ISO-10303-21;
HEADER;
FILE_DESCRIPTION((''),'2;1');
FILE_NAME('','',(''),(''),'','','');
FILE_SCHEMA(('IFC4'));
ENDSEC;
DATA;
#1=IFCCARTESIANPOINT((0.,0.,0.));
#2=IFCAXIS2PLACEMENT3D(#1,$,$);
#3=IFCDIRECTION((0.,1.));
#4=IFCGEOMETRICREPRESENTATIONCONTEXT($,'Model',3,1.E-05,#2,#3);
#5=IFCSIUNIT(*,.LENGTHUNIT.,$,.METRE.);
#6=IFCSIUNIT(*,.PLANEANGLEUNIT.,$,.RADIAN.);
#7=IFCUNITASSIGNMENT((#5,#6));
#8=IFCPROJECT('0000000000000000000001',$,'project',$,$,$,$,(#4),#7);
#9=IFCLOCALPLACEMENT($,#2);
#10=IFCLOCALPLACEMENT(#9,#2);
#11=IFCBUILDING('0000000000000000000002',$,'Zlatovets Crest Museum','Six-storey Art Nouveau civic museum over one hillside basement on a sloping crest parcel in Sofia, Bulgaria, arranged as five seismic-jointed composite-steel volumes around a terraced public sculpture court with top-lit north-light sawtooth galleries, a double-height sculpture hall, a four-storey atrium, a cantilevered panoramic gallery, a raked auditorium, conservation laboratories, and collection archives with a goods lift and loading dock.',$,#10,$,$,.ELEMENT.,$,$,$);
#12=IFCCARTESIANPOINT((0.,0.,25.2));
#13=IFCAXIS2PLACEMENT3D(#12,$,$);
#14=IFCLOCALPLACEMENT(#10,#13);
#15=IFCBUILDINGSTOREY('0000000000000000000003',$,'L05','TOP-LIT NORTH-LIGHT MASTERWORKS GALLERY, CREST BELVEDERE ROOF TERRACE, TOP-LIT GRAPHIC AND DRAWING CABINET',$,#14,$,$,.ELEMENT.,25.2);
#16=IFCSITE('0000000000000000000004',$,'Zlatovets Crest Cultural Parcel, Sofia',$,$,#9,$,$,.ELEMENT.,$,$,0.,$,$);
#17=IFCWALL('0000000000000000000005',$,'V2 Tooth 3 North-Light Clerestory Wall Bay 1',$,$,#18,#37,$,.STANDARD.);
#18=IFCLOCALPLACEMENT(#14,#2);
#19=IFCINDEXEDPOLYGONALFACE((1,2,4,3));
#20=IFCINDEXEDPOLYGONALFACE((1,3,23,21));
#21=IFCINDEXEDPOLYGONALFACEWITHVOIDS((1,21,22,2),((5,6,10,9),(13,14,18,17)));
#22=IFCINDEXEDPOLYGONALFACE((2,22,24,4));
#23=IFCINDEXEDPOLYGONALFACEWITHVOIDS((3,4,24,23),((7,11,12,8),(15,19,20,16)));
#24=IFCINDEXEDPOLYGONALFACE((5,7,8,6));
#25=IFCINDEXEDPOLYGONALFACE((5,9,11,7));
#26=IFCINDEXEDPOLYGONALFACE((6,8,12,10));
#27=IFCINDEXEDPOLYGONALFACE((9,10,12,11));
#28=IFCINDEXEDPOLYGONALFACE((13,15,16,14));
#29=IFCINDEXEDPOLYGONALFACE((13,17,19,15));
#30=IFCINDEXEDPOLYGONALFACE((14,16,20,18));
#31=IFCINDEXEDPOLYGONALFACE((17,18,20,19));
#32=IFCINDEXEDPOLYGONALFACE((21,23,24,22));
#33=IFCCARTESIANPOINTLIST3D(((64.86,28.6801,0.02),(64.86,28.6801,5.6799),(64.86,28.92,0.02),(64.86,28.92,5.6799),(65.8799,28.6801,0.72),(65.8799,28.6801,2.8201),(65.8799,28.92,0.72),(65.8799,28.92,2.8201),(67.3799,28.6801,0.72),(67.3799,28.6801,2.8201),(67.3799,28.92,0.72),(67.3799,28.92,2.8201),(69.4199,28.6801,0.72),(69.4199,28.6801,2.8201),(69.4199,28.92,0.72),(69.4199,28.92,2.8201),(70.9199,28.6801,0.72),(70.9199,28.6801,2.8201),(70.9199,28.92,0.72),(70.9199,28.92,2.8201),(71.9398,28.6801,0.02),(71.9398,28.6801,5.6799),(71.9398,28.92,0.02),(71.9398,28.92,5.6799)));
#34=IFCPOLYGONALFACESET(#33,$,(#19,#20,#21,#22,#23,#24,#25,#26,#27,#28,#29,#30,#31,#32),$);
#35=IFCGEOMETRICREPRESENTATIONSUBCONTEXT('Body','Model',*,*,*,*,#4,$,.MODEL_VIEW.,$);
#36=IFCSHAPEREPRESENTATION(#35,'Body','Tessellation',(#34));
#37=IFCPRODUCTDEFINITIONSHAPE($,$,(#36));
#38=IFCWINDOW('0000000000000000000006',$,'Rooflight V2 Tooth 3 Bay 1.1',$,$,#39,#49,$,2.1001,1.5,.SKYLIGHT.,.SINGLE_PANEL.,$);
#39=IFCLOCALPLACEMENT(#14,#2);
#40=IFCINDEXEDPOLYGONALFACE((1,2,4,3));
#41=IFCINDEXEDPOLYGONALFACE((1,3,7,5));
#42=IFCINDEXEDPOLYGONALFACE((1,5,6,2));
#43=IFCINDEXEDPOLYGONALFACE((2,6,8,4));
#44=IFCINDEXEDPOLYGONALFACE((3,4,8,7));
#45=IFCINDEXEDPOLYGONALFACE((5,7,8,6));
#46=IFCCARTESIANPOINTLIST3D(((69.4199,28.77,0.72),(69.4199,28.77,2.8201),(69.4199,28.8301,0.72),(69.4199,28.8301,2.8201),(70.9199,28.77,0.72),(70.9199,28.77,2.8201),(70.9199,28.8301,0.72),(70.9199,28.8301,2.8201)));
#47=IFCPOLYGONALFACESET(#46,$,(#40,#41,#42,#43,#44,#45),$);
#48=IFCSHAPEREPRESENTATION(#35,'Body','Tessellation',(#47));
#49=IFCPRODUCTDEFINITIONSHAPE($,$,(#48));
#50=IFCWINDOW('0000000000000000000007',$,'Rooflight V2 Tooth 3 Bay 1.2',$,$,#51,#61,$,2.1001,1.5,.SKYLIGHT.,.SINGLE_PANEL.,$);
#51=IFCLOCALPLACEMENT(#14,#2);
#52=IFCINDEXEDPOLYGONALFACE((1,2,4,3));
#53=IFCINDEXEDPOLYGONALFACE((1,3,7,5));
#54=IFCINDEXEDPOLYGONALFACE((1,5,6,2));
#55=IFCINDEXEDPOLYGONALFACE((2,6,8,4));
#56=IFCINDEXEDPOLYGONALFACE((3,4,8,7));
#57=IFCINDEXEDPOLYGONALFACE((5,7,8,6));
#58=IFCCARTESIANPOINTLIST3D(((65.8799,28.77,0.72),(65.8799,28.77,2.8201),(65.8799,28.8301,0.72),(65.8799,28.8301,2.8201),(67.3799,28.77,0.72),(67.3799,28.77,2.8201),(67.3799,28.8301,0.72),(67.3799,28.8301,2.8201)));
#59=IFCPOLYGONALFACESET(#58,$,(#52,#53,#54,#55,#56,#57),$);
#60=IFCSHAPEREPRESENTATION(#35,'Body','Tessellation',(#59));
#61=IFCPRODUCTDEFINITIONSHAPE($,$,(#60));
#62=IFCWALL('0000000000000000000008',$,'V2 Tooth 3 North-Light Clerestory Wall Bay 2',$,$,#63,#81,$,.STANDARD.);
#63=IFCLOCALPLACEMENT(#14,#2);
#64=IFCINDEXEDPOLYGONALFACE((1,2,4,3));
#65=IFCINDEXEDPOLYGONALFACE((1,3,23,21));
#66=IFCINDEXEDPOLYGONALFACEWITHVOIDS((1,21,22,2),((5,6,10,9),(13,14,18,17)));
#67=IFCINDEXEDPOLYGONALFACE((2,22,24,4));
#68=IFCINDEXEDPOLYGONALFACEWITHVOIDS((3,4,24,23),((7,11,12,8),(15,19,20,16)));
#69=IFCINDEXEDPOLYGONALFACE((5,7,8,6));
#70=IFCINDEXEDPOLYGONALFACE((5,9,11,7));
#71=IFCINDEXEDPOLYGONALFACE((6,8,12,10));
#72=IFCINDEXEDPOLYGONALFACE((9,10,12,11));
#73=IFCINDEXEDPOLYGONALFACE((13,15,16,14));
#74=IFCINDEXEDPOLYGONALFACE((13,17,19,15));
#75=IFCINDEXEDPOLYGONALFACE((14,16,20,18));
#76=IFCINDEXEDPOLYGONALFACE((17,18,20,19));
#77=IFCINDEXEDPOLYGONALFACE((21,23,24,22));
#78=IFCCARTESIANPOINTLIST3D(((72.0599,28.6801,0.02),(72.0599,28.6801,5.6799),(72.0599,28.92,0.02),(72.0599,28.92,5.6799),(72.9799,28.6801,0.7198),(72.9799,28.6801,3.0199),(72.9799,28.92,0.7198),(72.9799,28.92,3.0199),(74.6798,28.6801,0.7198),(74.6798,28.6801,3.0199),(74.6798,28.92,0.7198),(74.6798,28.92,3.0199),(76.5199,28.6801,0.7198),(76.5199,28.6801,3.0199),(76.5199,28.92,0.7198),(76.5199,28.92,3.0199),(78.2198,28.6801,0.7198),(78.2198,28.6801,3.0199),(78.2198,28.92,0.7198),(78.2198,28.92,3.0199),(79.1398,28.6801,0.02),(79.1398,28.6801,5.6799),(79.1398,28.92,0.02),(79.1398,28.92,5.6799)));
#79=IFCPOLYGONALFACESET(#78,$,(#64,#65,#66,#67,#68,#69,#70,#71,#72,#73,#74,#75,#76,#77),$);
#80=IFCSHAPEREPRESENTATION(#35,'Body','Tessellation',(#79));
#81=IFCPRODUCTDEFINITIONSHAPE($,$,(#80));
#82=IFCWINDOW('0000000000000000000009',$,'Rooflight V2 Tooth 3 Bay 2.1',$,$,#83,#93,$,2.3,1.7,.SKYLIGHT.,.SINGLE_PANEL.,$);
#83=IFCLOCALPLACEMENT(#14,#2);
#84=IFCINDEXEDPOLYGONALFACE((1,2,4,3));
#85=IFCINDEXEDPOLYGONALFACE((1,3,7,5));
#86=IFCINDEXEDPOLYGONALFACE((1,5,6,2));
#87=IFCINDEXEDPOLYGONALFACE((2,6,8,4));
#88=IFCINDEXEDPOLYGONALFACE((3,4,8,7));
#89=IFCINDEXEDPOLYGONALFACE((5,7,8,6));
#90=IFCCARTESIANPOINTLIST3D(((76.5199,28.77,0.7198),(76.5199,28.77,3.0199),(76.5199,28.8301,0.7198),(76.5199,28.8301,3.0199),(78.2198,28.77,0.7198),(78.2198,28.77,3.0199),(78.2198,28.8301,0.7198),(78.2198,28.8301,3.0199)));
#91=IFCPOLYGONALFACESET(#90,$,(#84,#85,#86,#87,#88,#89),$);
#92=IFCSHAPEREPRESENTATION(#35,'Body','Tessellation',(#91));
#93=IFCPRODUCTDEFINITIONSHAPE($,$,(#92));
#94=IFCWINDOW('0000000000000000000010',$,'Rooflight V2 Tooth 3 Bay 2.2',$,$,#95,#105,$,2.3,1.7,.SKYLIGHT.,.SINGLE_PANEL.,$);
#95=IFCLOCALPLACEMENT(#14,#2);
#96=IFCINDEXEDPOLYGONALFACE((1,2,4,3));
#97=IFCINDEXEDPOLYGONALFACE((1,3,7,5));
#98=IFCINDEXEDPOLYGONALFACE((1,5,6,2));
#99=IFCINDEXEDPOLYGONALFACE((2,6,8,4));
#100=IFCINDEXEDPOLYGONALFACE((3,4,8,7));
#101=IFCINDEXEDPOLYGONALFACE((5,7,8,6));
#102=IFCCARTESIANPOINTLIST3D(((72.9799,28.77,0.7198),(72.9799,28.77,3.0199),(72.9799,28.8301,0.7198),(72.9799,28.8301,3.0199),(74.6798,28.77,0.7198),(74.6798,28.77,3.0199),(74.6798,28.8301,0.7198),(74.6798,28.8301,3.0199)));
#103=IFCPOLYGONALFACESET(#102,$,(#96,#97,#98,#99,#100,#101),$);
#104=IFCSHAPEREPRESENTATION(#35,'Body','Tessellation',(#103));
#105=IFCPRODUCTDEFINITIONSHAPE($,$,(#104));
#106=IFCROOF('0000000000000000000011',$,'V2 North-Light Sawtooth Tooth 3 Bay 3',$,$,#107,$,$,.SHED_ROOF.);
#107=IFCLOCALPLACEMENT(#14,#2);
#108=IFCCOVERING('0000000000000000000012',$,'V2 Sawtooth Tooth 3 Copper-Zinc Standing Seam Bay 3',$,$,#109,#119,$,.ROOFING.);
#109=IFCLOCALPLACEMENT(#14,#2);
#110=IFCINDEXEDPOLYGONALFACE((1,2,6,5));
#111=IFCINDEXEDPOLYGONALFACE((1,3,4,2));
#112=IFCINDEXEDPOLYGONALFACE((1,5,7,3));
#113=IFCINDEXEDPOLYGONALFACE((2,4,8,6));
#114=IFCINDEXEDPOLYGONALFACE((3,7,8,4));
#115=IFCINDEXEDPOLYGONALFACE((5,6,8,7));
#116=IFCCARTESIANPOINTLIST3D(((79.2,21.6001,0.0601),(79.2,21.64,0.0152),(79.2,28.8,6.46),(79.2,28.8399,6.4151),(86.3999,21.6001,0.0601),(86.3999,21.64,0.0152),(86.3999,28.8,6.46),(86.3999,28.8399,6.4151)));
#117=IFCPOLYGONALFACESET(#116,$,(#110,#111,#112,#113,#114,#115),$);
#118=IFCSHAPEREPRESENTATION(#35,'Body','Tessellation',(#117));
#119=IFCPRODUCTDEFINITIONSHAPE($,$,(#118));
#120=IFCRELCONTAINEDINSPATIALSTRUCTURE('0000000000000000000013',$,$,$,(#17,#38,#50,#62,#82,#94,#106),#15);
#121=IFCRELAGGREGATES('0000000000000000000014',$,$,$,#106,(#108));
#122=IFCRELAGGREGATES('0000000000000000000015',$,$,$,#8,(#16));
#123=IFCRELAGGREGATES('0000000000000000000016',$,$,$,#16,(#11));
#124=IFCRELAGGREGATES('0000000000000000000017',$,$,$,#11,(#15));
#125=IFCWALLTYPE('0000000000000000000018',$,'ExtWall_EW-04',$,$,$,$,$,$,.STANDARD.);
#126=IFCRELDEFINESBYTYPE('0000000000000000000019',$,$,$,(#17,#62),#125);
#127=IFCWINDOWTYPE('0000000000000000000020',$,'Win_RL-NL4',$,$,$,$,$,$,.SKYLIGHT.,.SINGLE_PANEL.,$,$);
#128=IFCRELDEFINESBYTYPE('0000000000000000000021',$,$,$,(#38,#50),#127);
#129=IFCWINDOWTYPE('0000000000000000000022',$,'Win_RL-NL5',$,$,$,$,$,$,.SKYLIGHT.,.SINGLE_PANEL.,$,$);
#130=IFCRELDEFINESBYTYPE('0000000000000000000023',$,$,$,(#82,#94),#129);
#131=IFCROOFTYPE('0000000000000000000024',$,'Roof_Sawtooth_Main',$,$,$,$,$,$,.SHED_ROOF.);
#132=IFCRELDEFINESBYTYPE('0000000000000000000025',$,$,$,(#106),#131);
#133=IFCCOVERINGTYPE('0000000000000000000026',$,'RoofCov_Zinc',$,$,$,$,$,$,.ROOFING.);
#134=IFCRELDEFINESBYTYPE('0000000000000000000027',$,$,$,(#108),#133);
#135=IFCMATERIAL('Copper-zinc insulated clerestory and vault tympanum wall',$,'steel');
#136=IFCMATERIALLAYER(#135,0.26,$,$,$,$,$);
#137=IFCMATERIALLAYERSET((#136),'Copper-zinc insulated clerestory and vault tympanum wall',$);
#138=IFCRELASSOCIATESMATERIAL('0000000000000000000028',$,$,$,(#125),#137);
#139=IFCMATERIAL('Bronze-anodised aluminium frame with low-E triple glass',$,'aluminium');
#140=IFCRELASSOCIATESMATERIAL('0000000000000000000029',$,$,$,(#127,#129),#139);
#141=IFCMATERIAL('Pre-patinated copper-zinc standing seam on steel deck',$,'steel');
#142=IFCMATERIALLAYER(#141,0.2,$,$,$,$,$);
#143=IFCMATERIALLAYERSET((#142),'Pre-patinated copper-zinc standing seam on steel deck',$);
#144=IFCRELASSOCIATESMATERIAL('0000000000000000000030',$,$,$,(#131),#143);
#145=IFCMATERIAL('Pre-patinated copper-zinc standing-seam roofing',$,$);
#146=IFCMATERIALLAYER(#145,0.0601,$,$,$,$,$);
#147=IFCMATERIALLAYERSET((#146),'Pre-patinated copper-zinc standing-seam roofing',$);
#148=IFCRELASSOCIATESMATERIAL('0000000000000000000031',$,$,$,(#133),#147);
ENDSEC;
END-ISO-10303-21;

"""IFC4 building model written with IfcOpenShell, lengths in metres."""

from ifc_helpers import new_model, si_unit, direction, frame, frame_2d, origin, place, context, subcontext, project, spatial, polyline, rectangle, outline, extrude, material, layer, layer_set, type_object, element, fill, aggregate, save


model = new_model("IFC4")

# Units and contexts
model_context = context("Model", 3, precision=1e-05, world=origin(), true_north=direction((0.0, 1.0)))
body_context = subcontext(model_context, "Body", "Model", "MODEL_VIEW")
ifc_project = project(units=[si_unit("LENGTHUNIT", "METRE"), si_unit("PLANEANGLEUNIT", "RADIAN")], contexts=[model_context])

# Site, building, storey
site_placement = place(None, origin())
site = spatial("IfcSite", under=ifc_project, at=site_placement, Name="Zlatovets Crest Cultural Parcel, Sofia", CompositionType="ELEMENT", RefElevation=0.0)
building_placement = place(site_placement, origin())
building = spatial("IfcBuilding", under=site, at=building_placement, Name="Zlatovets Crest Museum", Description="Six-storey Art Nouveau civic museum over one hillside basement on a sloping crest parcel in Sofia, Bulgaria, arranged as five seismic-jointed composite-steel volumes around a terraced public sculpture court with top-lit north-light sawtooth galleries, a double-height sculpture hall, a four-storey atrium, a cantilevered panoramic gallery, a raked auditorium, conservation laboratories, and collection archives with a goods lift and loading dock.", CompositionType="ELEMENT")
storey_placement = place(building_placement, frame((0.0, 0.0, 25.2)))
storey = spatial("IfcBuildingStorey", under=building, at=storey_placement, Name="L05", Description="TOP-LIT NORTH-LIGHT MASTERWORKS GALLERY, CREST BELVEDERE ROOF TERRACE, TOP-LIT GRAPHIC AND DRAWING CABINET", CompositionType="ELEMENT", Elevation=25.2)

# Walls, openings, windows
ifc_material_1 = material(Name="Copper-zinc insulated clerestory and vault tympanum wall", Category="steel")
ifc_layer_1 = layer(ifc_material_1, 0.26)
ifc_layer_set_1 = layer_set([ifc_layer_1], Name="Copper-zinc insulated clerestory and vault tympanum wall")
wall_type = type_object("IfcWallType", Name="ExtWall_EW-04", PredefinedType="STANDARD", material=ifc_layer_set_1)
wall_1_placement = place(storey_placement, frame((71.9399, 28.8, 0.02), z_axis=(0.0, 0.0, 1.0), x_axis=(-1.0, 0.0, 0.0)))
wall_1 = element("IfcWall", 1, at=wall_1_placement, inside=storey, type_object=wall_type, Name="V2 Tooth 3 North-Light Clerestory Wall Bay 1", PredefinedType="STANDARD", context=body_context, shape_type="SweptSolid", body=[
    extrude(rectangle(XDim=7.0798, YDim=0.24, at=frame_2d((3.54, 0.0))), origin(), (0.0, 0.0, 1.0), 5.6599),
])
opening_1_placement = place(wall_1_placement, frame((1.02, 0.0, 0.7)))
opening_1 = element("IfcOpeningElement", 2, at=opening_1_placement, cuts=wall_1, PredefinedType="OPENING", context=body_context, shape_type="SweptSolid", body=[
    extrude(rectangle(XDim=1.5, YDim=2.1001, at=frame_2d((0.75, 1.05))), frame((0.0, 0.1299, 0.0), z_axis=(0.0, -1.0, 0.0), x_axis=(1.0, 0.0, 0.0)), (0.0, 0.0, 1.0), 0.26),
])
opening_2_placement = place(wall_1_placement, frame((4.5601, 0.0, 0.7)))
opening_2 = element("IfcOpeningElement", 3, at=opening_2_placement, cuts=wall_1, PredefinedType="OPENING", context=body_context, shape_type="SweptSolid", body=[
    extrude(rectangle(XDim=1.5, YDim=2.1001, at=frame_2d((0.75, 1.05))), frame((0.0, 0.1299, 0.0), z_axis=(0.0, -1.0, 0.0), x_axis=(1.0, 0.0, 0.0)), (0.0, 0.0, 1.0), 0.26),
])
ifc_material_2 = material(Name="Bronze-anodised aluminium frame with low-E triple glass", Category="aluminium")
window_type_1 = type_object("IfcWindowType", Name="Win_RL-NL4", PartitioningType="SINGLE_PANEL", PredefinedType="SKYLIGHT", material=ifc_material_2)
window_1_placement = place(opening_1_placement, origin())
window_1 = element("IfcWindow", 4, at=window_1_placement, inside=storey, type_object=window_type_1, Name="Rooflight V2 Tooth 3 Bay 1.1", OverallHeight=2.1001, OverallWidth=1.5, PartitioningType="SINGLE_PANEL", PredefinedType="SKYLIGHT", context=body_context, shape_type="SweptSolid", body=[
    extrude(rectangle(XDim=1.5, YDim=2.1001, at=frame_2d((0.75, 1.05))), frame((0.0, 0.03, 0.0), z_axis=(0.0, -1.0, 0.0), x_axis=(1.0, 0.0, 0.0)), (0.0, 0.0, 1.0), 0.0601),
])
fill(opening_1, window_1)
window_2_placement = place(opening_2_placement, origin())
window_2 = element("IfcWindow", 5, at=window_2_placement, inside=storey, type_object=window_type_1, Name="Rooflight V2 Tooth 3 Bay 1.2", OverallHeight=2.1001, OverallWidth=1.5, PartitioningType="SINGLE_PANEL", PredefinedType="SKYLIGHT", context=body_context, shape_type="SweptSolid", body=[
    extrude(rectangle(XDim=1.5, YDim=2.1001, at=frame_2d((0.75, 1.05))), frame((0.0, 0.03, 0.0), z_axis=(0.0, -1.0, 0.0), x_axis=(1.0, 0.0, 0.0)), (0.0, 0.0, 1.0), 0.0601),
])
fill(opening_2, window_2)
wall_2_placement = place(storey_placement, frame((79.1399, 28.8, 0.02), z_axis=(0.0, 0.0, 1.0), x_axis=(-1.0, 0.0, 0.0)))
wall_2 = element("IfcWall", 6, at=wall_2_placement, inside=storey, type_object=wall_type, Name="V2 Tooth 3 North-Light Clerestory Wall Bay 2", PredefinedType="STANDARD", context=body_context, shape_type="SweptSolid", body=[
    extrude(rectangle(XDim=7.0798, YDim=0.24, at=frame_2d((3.54, 0.0))), origin(), (0.0, 0.0, 1.0), 5.6599),
])
opening_3_placement = place(wall_2_placement, frame((0.9199, 0.0, 0.7)))
opening_3 = element("IfcOpeningElement", 7, at=opening_3_placement, cuts=wall_2, PredefinedType="OPENING", context=body_context, shape_type="SweptSolid", body=[
    extrude(rectangle(XDim=1.7, YDim=2.3, at=frame_2d((0.8501, 1.1499))), frame((0.0, 0.1299, 0.0), z_axis=(0.0, -1.0, 0.0), x_axis=(1.0, 0.0, 0.0)), (0.0, 0.0, 1.0), 0.26),
])
opening_4_placement = place(wall_2_placement, frame((4.46, 0.0, 0.7)))
opening_4 = element("IfcOpeningElement", 8, at=opening_4_placement, cuts=wall_2, PredefinedType="OPENING", context=body_context, shape_type="SweptSolid", body=[
    extrude(rectangle(XDim=1.7, YDim=2.3, at=frame_2d((0.8501, 1.1499))), frame((0.0, 0.1299, 0.0), z_axis=(0.0, -1.0, 0.0), x_axis=(1.0, 0.0, 0.0)), (0.0, 0.0, 1.0), 0.26),
])
window_type_2 = type_object("IfcWindowType", Name="Win_RL-NL5", PartitioningType="SINGLE_PANEL", PredefinedType="SKYLIGHT", material=ifc_material_2)
window_3_placement = place(opening_3_placement, origin())
window_3 = element("IfcWindow", 9, at=window_3_placement, inside=storey, type_object=window_type_2, Name="Rooflight V2 Tooth 3 Bay 2.1", OverallHeight=2.3, OverallWidth=1.7, PartitioningType="SINGLE_PANEL", PredefinedType="SKYLIGHT", context=body_context, shape_type="SweptSolid", body=[
    extrude(rectangle(XDim=1.7, YDim=2.3, at=frame_2d((0.8501, 1.1499))), frame((0.0, 0.03, 0.0), z_axis=(0.0, -1.0, 0.0), x_axis=(1.0, 0.0, 0.0)), (0.0, 0.0, 1.0), 0.0601),
])
fill(opening_3, window_3)
window_4_placement = place(opening_4_placement, origin())
window_4 = element("IfcWindow", 10, at=window_4_placement, inside=storey, type_object=window_type_2, Name="Rooflight V2 Tooth 3 Bay 2.2", OverallHeight=2.3, OverallWidth=1.7, PartitioningType="SINGLE_PANEL", PredefinedType="SKYLIGHT", context=body_context, shape_type="SweptSolid", body=[
    extrude(rectangle(XDim=1.7, YDim=2.3, at=frame_2d((0.8501, 1.1499))), frame((0.0, 0.03, 0.0), z_axis=(0.0, -1.0, 0.0), x_axis=(1.0, 0.0, 0.0)), (0.0, 0.0, 1.0), 0.0601),
])
fill(opening_4, window_4)

# Roof, covering
ifc_material_3 = material(Name="Pre-patinated copper-zinc standing seam on steel deck", Category="steel")
ifc_layer_2 = layer(ifc_material_3, 0.2)
ifc_layer_set_2 = layer_set([ifc_layer_2], Name="Pre-patinated copper-zinc standing seam on steel deck")
roof_type = type_object("IfcRoofType", Name="Roof_Sawtooth_Main", PredefinedType="SHED_ROOF", material=ifc_layer_set_2)
roof_placement = place(storey_placement, origin())
roof = element("IfcRoof", 11, at=roof_placement, inside=storey, type_object=roof_type, Name="V2 North-Light Sawtooth Tooth 3 Bay 3", PredefinedType="SHED_ROOF")
ifc_material_4 = material(Name="Pre-patinated copper-zinc standing-seam roofing")
ifc_layer_3 = layer(ifc_material_4, 0.0601)
ifc_layer_set_3 = layer_set([ifc_layer_3], Name="Pre-patinated copper-zinc standing-seam roofing")
covering_type = type_object("IfcCoveringType", Name="RoofCov_Zinc", PredefinedType="ROOFING", material=ifc_layer_set_3)
covering_placement = place(storey_placement, frame((79.2, 21.6001, 0.0601), z_axis=(0.0, -0.664361, 0.747412), x_axis=(1.0, 0.0, 0.0)))
covering = element("IfcCovering", 12, at=covering_placement, type_object=covering_type, Name="V2 Sawtooth Tooth 3 Copper-Zinc Standing Seam Bay 3", PredefinedType="ROOFING", context=body_context, shape_type="SweptSolid", body=[
    extrude(outline(polyline([(0.0, 0.0), (7.2, 0.0), (7.2, 9.6332), (0.0, 9.6332), (0.0, 0.0)])), origin(), (0.0, 0.0, -1.0), 0.0601),
])
aggregate(roof, [covering])

save(model, "model.ifc")
